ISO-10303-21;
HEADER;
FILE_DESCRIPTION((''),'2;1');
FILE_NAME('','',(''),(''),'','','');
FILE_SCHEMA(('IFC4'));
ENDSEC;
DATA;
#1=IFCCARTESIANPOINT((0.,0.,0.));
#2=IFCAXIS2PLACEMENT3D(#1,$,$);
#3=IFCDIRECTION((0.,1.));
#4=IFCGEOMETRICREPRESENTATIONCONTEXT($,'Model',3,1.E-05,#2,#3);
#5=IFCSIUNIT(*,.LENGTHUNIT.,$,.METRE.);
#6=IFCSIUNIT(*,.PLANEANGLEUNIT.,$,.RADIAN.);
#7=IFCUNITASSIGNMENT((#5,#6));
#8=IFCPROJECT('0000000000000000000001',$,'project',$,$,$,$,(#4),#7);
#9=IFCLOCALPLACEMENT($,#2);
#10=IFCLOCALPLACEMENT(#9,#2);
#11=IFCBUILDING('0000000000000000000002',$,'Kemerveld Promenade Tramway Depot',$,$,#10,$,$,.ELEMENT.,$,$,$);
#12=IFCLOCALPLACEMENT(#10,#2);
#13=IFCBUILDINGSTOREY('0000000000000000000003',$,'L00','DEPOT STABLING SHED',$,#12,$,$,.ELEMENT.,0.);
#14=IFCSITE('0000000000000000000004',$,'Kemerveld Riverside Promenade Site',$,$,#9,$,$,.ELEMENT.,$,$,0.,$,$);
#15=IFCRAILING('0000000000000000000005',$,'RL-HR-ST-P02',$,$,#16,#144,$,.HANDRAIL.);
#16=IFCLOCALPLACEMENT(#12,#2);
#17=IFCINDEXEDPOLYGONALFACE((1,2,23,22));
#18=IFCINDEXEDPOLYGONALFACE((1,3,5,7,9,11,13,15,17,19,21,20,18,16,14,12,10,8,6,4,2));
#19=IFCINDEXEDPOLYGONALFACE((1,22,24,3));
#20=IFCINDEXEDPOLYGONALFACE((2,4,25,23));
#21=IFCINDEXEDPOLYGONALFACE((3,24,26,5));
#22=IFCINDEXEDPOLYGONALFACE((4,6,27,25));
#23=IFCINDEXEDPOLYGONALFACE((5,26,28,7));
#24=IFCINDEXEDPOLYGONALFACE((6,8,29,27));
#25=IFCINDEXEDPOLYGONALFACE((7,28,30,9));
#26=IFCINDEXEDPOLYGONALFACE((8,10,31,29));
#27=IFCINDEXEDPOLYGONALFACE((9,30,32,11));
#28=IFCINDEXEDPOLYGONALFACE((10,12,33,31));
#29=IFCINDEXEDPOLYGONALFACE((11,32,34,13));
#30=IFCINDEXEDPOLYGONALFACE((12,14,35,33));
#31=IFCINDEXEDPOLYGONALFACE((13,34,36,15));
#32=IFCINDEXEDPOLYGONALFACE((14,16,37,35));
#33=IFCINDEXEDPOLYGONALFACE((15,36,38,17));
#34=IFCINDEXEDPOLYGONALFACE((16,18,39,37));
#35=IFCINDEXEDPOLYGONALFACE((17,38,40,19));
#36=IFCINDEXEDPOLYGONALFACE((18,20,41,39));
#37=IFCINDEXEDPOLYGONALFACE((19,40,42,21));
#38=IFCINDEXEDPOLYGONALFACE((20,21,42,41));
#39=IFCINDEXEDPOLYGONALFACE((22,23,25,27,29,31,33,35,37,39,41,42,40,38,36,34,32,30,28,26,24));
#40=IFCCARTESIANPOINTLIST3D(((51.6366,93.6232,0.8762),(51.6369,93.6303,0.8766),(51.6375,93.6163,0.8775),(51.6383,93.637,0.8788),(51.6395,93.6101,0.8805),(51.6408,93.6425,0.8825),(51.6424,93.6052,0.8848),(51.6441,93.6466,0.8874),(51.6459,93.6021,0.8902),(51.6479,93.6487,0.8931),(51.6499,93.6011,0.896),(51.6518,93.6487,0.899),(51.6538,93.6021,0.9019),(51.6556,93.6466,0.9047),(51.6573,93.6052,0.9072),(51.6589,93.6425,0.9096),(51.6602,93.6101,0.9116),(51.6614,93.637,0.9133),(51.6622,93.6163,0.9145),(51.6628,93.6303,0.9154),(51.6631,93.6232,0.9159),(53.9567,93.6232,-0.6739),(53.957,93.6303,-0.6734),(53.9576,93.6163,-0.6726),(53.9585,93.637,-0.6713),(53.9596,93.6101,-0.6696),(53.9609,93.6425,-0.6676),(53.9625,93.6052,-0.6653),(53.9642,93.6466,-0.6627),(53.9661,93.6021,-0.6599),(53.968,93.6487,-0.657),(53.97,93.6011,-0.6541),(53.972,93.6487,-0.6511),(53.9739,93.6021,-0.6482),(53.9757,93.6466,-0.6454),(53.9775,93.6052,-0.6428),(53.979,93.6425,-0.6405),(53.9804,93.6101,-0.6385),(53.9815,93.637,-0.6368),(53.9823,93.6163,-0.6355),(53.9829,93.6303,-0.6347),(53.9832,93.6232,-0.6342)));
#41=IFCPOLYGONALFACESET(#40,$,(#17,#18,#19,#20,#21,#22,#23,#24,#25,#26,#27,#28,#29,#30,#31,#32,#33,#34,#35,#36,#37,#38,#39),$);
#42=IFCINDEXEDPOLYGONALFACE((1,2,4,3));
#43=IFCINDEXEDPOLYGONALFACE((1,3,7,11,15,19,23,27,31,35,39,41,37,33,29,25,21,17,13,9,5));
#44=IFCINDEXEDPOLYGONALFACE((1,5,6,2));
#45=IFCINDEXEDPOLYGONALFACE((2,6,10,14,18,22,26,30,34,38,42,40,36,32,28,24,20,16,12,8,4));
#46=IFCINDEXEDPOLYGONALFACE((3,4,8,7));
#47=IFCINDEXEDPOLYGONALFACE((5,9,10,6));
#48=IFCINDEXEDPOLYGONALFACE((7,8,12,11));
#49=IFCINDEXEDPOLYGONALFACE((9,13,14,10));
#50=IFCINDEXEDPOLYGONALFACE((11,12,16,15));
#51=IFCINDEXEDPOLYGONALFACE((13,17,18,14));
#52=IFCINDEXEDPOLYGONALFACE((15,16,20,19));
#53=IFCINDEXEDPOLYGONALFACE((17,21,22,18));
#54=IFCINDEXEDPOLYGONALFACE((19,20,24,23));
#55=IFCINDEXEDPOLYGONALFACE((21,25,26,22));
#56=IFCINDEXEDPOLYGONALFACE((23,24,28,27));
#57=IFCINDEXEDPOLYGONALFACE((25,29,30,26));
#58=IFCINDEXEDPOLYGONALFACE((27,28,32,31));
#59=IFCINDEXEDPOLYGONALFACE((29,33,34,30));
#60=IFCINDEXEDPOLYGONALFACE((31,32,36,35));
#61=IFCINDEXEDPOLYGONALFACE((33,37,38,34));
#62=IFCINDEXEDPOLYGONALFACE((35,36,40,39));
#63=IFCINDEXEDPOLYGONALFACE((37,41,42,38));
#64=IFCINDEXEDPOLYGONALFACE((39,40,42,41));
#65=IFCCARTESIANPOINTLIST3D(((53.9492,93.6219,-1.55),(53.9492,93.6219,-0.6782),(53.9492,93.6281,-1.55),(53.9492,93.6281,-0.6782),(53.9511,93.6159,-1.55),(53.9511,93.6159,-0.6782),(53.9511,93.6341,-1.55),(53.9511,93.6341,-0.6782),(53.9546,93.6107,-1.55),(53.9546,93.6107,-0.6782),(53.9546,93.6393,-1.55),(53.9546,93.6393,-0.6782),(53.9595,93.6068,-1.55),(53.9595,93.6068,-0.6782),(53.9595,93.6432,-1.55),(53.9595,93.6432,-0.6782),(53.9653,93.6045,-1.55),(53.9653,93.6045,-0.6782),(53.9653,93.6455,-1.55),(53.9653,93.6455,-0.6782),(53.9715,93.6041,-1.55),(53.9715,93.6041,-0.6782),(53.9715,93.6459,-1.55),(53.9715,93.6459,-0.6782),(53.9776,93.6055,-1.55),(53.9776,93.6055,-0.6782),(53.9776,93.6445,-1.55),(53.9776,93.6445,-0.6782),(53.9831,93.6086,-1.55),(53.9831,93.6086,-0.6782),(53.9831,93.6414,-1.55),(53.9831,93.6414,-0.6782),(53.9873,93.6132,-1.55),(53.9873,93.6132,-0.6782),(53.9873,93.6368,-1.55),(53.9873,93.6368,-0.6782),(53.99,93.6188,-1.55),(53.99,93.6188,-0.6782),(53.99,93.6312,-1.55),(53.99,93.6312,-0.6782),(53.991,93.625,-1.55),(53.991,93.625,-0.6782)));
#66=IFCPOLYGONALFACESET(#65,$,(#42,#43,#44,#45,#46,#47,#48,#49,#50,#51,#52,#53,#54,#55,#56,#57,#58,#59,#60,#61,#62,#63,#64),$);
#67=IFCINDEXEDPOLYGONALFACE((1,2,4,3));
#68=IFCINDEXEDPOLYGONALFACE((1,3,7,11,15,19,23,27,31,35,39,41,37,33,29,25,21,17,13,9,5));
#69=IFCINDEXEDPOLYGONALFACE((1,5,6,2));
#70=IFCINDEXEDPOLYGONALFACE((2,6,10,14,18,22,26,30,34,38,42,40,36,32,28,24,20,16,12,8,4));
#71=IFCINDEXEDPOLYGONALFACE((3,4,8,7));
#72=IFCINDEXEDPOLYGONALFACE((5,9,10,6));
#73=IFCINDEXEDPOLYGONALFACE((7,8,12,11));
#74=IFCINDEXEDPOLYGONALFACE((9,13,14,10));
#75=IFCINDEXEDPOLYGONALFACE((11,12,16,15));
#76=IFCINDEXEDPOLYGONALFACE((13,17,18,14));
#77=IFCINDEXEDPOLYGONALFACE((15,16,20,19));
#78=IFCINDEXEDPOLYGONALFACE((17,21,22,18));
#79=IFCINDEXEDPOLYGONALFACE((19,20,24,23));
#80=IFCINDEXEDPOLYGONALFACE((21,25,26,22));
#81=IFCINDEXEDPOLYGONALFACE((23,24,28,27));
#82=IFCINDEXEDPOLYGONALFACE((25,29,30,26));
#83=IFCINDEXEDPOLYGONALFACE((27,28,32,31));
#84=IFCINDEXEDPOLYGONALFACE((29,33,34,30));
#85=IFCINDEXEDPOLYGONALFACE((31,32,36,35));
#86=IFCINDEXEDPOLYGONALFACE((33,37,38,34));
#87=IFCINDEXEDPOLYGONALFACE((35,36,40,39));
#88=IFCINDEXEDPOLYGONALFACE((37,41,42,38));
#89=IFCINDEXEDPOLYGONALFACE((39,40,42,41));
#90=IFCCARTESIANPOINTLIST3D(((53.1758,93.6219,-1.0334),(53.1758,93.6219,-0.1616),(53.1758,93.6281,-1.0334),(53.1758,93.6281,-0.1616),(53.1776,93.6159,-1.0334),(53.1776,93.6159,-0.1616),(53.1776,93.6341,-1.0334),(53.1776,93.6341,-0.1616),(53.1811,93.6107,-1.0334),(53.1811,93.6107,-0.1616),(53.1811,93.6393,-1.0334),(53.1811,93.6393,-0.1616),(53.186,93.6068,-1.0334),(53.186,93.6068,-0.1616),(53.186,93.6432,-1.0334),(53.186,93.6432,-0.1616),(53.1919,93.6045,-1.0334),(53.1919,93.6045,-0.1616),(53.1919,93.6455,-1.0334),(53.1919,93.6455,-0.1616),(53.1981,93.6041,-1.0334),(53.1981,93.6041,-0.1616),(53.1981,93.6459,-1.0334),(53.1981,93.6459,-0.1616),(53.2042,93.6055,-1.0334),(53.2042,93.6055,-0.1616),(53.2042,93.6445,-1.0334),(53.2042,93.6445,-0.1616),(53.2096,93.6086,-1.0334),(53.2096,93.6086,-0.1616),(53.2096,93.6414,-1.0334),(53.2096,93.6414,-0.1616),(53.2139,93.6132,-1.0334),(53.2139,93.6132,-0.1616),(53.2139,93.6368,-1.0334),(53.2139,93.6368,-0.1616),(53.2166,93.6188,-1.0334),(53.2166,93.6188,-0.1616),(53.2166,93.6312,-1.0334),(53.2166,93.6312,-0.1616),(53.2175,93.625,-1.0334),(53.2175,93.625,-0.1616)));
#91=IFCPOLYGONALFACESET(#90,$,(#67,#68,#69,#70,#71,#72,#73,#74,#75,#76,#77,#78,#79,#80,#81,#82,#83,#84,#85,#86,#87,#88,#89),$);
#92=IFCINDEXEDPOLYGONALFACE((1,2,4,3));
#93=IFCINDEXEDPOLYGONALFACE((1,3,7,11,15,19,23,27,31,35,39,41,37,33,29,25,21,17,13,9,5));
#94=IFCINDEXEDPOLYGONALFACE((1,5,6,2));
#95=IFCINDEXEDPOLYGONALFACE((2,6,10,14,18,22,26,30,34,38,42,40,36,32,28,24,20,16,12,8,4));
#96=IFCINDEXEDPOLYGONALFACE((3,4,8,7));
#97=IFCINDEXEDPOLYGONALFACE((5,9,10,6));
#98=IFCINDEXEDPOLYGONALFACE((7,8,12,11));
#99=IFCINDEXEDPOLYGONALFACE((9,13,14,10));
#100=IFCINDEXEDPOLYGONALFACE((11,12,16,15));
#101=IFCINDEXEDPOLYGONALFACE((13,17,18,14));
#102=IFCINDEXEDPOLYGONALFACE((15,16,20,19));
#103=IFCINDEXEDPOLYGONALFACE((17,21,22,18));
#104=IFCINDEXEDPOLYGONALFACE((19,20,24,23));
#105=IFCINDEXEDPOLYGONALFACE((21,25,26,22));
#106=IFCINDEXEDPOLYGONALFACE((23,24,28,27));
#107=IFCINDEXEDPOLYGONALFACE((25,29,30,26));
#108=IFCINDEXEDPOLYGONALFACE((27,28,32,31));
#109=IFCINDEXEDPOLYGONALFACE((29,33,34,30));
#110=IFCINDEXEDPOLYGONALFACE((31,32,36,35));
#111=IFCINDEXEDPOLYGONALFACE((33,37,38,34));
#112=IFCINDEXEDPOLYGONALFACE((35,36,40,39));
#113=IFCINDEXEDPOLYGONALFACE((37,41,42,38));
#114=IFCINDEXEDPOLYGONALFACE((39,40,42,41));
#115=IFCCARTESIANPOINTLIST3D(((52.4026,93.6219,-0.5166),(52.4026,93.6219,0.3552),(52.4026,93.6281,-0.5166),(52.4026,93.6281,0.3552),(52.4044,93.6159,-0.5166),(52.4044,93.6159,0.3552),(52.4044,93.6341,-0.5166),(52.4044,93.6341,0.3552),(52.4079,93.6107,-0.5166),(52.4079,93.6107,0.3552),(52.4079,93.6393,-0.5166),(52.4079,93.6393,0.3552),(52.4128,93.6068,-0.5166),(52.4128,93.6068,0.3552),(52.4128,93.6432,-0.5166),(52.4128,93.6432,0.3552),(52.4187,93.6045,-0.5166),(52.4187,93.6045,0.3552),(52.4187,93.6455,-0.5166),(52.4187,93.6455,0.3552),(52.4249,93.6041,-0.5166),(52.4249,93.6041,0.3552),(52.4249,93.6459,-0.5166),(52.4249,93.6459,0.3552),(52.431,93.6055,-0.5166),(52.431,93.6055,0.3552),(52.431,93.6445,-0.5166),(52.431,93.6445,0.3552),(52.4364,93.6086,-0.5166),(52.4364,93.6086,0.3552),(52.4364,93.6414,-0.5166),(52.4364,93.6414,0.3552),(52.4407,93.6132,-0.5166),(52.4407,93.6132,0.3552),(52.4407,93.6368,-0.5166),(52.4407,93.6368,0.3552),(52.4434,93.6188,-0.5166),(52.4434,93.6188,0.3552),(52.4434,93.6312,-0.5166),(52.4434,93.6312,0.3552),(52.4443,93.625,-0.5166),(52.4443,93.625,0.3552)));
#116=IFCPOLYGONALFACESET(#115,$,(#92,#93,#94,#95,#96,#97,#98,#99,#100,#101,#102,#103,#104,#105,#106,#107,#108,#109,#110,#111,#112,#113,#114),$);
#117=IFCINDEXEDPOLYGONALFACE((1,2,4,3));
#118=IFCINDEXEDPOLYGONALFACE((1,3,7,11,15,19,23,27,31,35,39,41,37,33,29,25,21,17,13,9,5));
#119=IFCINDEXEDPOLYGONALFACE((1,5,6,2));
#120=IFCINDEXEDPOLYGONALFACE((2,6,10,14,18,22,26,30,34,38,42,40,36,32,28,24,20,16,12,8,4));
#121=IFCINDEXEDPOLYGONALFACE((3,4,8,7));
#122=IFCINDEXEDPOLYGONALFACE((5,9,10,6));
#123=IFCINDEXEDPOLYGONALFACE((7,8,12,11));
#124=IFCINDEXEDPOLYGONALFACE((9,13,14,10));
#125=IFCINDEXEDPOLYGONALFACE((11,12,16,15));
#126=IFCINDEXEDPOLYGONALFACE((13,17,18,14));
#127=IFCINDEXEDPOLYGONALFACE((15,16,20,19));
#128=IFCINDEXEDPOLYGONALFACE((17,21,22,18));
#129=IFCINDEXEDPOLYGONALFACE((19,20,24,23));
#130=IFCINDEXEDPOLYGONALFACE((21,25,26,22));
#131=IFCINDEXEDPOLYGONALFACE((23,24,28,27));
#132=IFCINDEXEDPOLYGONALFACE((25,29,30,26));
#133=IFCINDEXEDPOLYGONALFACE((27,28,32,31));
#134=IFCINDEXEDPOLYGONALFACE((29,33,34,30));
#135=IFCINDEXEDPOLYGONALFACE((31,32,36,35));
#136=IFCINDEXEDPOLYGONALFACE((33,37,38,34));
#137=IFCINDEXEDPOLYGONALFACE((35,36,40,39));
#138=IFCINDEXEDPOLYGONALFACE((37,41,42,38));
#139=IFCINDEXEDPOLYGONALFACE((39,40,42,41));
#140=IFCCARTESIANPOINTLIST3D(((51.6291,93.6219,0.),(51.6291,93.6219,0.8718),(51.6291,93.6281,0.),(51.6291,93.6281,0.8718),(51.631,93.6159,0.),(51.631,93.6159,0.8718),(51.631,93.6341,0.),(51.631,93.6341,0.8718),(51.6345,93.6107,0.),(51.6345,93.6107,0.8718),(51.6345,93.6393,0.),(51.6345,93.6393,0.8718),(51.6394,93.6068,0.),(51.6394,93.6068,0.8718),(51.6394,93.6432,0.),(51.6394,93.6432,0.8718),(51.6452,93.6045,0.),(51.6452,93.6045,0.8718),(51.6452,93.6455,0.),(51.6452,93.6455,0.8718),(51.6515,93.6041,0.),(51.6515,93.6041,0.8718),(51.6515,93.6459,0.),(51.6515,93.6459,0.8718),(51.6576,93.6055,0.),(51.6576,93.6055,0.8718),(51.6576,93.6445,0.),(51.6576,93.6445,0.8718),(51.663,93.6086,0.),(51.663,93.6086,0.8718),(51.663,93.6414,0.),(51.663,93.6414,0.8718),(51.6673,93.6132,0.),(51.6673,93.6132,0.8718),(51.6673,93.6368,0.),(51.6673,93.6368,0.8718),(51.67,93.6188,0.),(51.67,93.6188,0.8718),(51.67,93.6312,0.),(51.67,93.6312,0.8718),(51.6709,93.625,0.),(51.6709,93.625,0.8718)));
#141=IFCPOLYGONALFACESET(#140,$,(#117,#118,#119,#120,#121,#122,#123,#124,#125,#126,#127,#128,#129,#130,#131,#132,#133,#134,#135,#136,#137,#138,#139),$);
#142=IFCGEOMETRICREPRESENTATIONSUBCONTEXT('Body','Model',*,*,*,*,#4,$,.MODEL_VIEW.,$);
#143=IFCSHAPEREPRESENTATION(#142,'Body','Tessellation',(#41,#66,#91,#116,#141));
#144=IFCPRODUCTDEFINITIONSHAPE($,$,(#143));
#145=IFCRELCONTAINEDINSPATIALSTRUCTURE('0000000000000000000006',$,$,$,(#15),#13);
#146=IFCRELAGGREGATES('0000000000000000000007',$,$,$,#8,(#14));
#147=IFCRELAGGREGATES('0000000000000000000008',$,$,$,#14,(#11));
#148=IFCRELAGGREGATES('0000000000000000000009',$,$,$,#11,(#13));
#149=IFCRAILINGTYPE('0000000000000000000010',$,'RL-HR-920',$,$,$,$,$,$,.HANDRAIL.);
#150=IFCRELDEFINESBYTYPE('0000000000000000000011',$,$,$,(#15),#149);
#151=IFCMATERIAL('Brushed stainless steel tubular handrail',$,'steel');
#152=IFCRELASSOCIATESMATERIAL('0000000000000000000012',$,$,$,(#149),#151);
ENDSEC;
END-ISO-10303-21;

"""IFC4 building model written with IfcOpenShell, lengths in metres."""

from ifc_helpers import new_model, si_unit, direction, frame, origin, origin_2d, place, context, subcontext, project, spatial, circle, extrude, material, type_object, element, save


model = new_model("IFC4")

# Units and contexts
model_context = context("Model", 3, precision=1e-05, world=origin(), true_north=direction((0.0, 1.0)))
body_context = subcontext(model_context, "Body", "Model", "MODEL_VIEW")
ifc_project = project(units=[si_unit("LENGTHUNIT", "METRE"), si_unit("PLANEANGLEUNIT", "RADIAN")], contexts=[model_context])

# Site, building, storey
site_placement = place(None, origin())
site = spatial("IfcSite", under=ifc_project, at=site_placement, Name="Kemerveld Riverside Promenade Site", CompositionType="ELEMENT", RefElevation=0.0)
building_placement = place(site_placement, origin())
building = spatial("IfcBuilding", under=site, at=building_placement, Name="Kemerveld Promenade Tramway Depot", CompositionType="ELEMENT")
storey_placement = place(building_placement, origin())
storey = spatial("IfcBuildingStorey", under=building, at=storey_placement, Name="L00", Description="DEPOT STABLING SHED", CompositionType="ELEMENT", Elevation=0.0)

# Railing
ifc_material_1 = material(Name="Brushed stainless steel tubular handrail", Category="steel")
railing_type = type_object("IfcRailingType", Name="RL-HR-920", PredefinedType="HANDRAIL", material=ifc_material_1)
for number, where, name in (
    (1, (53.97, 93.625, -1.55), "RL-HR-ST-P02"),
):
    element("IfcRailing", number, at=place(storey_placement, frame(where)), inside=storey, type_object=railing_type, Name=name, PredefinedType="HANDRAIL", context=body_context, shape_type="SweptSolid", body=[
        extrude(circle(Radius=0.0239, at=origin_2d()), frame((0.0, 0.0, 0.896), z_axis=(-0.831498, 0.0, 0.555528), x_axis=(0.0, -1.0, 0.0)), (0.0, 0.0, 1.0), 2.7903),
        extrude(circle(Radius=0.021, at=origin_2d()), origin(), (0.0, 0.0, 1.0), 0.8718),
        extrude(circle(Radius=0.021, at=origin_2d()), frame((-0.7734, 0.0, 0.5166)), (0.0, 0.0, 1.0), 0.8718),
        extrude(circle(Radius=0.021, at=origin_2d()), frame((-1.5466, 0.0, 1.0334)), (0.0, 0.0, 1.0), 0.8718),
        extrude(circle(Radius=0.021, at=origin_2d()), frame((-2.3201, 0.0, 1.55)), (0.0, 0.0, 1.0), 0.8718),
    ])

save(model, "model.ifc")
